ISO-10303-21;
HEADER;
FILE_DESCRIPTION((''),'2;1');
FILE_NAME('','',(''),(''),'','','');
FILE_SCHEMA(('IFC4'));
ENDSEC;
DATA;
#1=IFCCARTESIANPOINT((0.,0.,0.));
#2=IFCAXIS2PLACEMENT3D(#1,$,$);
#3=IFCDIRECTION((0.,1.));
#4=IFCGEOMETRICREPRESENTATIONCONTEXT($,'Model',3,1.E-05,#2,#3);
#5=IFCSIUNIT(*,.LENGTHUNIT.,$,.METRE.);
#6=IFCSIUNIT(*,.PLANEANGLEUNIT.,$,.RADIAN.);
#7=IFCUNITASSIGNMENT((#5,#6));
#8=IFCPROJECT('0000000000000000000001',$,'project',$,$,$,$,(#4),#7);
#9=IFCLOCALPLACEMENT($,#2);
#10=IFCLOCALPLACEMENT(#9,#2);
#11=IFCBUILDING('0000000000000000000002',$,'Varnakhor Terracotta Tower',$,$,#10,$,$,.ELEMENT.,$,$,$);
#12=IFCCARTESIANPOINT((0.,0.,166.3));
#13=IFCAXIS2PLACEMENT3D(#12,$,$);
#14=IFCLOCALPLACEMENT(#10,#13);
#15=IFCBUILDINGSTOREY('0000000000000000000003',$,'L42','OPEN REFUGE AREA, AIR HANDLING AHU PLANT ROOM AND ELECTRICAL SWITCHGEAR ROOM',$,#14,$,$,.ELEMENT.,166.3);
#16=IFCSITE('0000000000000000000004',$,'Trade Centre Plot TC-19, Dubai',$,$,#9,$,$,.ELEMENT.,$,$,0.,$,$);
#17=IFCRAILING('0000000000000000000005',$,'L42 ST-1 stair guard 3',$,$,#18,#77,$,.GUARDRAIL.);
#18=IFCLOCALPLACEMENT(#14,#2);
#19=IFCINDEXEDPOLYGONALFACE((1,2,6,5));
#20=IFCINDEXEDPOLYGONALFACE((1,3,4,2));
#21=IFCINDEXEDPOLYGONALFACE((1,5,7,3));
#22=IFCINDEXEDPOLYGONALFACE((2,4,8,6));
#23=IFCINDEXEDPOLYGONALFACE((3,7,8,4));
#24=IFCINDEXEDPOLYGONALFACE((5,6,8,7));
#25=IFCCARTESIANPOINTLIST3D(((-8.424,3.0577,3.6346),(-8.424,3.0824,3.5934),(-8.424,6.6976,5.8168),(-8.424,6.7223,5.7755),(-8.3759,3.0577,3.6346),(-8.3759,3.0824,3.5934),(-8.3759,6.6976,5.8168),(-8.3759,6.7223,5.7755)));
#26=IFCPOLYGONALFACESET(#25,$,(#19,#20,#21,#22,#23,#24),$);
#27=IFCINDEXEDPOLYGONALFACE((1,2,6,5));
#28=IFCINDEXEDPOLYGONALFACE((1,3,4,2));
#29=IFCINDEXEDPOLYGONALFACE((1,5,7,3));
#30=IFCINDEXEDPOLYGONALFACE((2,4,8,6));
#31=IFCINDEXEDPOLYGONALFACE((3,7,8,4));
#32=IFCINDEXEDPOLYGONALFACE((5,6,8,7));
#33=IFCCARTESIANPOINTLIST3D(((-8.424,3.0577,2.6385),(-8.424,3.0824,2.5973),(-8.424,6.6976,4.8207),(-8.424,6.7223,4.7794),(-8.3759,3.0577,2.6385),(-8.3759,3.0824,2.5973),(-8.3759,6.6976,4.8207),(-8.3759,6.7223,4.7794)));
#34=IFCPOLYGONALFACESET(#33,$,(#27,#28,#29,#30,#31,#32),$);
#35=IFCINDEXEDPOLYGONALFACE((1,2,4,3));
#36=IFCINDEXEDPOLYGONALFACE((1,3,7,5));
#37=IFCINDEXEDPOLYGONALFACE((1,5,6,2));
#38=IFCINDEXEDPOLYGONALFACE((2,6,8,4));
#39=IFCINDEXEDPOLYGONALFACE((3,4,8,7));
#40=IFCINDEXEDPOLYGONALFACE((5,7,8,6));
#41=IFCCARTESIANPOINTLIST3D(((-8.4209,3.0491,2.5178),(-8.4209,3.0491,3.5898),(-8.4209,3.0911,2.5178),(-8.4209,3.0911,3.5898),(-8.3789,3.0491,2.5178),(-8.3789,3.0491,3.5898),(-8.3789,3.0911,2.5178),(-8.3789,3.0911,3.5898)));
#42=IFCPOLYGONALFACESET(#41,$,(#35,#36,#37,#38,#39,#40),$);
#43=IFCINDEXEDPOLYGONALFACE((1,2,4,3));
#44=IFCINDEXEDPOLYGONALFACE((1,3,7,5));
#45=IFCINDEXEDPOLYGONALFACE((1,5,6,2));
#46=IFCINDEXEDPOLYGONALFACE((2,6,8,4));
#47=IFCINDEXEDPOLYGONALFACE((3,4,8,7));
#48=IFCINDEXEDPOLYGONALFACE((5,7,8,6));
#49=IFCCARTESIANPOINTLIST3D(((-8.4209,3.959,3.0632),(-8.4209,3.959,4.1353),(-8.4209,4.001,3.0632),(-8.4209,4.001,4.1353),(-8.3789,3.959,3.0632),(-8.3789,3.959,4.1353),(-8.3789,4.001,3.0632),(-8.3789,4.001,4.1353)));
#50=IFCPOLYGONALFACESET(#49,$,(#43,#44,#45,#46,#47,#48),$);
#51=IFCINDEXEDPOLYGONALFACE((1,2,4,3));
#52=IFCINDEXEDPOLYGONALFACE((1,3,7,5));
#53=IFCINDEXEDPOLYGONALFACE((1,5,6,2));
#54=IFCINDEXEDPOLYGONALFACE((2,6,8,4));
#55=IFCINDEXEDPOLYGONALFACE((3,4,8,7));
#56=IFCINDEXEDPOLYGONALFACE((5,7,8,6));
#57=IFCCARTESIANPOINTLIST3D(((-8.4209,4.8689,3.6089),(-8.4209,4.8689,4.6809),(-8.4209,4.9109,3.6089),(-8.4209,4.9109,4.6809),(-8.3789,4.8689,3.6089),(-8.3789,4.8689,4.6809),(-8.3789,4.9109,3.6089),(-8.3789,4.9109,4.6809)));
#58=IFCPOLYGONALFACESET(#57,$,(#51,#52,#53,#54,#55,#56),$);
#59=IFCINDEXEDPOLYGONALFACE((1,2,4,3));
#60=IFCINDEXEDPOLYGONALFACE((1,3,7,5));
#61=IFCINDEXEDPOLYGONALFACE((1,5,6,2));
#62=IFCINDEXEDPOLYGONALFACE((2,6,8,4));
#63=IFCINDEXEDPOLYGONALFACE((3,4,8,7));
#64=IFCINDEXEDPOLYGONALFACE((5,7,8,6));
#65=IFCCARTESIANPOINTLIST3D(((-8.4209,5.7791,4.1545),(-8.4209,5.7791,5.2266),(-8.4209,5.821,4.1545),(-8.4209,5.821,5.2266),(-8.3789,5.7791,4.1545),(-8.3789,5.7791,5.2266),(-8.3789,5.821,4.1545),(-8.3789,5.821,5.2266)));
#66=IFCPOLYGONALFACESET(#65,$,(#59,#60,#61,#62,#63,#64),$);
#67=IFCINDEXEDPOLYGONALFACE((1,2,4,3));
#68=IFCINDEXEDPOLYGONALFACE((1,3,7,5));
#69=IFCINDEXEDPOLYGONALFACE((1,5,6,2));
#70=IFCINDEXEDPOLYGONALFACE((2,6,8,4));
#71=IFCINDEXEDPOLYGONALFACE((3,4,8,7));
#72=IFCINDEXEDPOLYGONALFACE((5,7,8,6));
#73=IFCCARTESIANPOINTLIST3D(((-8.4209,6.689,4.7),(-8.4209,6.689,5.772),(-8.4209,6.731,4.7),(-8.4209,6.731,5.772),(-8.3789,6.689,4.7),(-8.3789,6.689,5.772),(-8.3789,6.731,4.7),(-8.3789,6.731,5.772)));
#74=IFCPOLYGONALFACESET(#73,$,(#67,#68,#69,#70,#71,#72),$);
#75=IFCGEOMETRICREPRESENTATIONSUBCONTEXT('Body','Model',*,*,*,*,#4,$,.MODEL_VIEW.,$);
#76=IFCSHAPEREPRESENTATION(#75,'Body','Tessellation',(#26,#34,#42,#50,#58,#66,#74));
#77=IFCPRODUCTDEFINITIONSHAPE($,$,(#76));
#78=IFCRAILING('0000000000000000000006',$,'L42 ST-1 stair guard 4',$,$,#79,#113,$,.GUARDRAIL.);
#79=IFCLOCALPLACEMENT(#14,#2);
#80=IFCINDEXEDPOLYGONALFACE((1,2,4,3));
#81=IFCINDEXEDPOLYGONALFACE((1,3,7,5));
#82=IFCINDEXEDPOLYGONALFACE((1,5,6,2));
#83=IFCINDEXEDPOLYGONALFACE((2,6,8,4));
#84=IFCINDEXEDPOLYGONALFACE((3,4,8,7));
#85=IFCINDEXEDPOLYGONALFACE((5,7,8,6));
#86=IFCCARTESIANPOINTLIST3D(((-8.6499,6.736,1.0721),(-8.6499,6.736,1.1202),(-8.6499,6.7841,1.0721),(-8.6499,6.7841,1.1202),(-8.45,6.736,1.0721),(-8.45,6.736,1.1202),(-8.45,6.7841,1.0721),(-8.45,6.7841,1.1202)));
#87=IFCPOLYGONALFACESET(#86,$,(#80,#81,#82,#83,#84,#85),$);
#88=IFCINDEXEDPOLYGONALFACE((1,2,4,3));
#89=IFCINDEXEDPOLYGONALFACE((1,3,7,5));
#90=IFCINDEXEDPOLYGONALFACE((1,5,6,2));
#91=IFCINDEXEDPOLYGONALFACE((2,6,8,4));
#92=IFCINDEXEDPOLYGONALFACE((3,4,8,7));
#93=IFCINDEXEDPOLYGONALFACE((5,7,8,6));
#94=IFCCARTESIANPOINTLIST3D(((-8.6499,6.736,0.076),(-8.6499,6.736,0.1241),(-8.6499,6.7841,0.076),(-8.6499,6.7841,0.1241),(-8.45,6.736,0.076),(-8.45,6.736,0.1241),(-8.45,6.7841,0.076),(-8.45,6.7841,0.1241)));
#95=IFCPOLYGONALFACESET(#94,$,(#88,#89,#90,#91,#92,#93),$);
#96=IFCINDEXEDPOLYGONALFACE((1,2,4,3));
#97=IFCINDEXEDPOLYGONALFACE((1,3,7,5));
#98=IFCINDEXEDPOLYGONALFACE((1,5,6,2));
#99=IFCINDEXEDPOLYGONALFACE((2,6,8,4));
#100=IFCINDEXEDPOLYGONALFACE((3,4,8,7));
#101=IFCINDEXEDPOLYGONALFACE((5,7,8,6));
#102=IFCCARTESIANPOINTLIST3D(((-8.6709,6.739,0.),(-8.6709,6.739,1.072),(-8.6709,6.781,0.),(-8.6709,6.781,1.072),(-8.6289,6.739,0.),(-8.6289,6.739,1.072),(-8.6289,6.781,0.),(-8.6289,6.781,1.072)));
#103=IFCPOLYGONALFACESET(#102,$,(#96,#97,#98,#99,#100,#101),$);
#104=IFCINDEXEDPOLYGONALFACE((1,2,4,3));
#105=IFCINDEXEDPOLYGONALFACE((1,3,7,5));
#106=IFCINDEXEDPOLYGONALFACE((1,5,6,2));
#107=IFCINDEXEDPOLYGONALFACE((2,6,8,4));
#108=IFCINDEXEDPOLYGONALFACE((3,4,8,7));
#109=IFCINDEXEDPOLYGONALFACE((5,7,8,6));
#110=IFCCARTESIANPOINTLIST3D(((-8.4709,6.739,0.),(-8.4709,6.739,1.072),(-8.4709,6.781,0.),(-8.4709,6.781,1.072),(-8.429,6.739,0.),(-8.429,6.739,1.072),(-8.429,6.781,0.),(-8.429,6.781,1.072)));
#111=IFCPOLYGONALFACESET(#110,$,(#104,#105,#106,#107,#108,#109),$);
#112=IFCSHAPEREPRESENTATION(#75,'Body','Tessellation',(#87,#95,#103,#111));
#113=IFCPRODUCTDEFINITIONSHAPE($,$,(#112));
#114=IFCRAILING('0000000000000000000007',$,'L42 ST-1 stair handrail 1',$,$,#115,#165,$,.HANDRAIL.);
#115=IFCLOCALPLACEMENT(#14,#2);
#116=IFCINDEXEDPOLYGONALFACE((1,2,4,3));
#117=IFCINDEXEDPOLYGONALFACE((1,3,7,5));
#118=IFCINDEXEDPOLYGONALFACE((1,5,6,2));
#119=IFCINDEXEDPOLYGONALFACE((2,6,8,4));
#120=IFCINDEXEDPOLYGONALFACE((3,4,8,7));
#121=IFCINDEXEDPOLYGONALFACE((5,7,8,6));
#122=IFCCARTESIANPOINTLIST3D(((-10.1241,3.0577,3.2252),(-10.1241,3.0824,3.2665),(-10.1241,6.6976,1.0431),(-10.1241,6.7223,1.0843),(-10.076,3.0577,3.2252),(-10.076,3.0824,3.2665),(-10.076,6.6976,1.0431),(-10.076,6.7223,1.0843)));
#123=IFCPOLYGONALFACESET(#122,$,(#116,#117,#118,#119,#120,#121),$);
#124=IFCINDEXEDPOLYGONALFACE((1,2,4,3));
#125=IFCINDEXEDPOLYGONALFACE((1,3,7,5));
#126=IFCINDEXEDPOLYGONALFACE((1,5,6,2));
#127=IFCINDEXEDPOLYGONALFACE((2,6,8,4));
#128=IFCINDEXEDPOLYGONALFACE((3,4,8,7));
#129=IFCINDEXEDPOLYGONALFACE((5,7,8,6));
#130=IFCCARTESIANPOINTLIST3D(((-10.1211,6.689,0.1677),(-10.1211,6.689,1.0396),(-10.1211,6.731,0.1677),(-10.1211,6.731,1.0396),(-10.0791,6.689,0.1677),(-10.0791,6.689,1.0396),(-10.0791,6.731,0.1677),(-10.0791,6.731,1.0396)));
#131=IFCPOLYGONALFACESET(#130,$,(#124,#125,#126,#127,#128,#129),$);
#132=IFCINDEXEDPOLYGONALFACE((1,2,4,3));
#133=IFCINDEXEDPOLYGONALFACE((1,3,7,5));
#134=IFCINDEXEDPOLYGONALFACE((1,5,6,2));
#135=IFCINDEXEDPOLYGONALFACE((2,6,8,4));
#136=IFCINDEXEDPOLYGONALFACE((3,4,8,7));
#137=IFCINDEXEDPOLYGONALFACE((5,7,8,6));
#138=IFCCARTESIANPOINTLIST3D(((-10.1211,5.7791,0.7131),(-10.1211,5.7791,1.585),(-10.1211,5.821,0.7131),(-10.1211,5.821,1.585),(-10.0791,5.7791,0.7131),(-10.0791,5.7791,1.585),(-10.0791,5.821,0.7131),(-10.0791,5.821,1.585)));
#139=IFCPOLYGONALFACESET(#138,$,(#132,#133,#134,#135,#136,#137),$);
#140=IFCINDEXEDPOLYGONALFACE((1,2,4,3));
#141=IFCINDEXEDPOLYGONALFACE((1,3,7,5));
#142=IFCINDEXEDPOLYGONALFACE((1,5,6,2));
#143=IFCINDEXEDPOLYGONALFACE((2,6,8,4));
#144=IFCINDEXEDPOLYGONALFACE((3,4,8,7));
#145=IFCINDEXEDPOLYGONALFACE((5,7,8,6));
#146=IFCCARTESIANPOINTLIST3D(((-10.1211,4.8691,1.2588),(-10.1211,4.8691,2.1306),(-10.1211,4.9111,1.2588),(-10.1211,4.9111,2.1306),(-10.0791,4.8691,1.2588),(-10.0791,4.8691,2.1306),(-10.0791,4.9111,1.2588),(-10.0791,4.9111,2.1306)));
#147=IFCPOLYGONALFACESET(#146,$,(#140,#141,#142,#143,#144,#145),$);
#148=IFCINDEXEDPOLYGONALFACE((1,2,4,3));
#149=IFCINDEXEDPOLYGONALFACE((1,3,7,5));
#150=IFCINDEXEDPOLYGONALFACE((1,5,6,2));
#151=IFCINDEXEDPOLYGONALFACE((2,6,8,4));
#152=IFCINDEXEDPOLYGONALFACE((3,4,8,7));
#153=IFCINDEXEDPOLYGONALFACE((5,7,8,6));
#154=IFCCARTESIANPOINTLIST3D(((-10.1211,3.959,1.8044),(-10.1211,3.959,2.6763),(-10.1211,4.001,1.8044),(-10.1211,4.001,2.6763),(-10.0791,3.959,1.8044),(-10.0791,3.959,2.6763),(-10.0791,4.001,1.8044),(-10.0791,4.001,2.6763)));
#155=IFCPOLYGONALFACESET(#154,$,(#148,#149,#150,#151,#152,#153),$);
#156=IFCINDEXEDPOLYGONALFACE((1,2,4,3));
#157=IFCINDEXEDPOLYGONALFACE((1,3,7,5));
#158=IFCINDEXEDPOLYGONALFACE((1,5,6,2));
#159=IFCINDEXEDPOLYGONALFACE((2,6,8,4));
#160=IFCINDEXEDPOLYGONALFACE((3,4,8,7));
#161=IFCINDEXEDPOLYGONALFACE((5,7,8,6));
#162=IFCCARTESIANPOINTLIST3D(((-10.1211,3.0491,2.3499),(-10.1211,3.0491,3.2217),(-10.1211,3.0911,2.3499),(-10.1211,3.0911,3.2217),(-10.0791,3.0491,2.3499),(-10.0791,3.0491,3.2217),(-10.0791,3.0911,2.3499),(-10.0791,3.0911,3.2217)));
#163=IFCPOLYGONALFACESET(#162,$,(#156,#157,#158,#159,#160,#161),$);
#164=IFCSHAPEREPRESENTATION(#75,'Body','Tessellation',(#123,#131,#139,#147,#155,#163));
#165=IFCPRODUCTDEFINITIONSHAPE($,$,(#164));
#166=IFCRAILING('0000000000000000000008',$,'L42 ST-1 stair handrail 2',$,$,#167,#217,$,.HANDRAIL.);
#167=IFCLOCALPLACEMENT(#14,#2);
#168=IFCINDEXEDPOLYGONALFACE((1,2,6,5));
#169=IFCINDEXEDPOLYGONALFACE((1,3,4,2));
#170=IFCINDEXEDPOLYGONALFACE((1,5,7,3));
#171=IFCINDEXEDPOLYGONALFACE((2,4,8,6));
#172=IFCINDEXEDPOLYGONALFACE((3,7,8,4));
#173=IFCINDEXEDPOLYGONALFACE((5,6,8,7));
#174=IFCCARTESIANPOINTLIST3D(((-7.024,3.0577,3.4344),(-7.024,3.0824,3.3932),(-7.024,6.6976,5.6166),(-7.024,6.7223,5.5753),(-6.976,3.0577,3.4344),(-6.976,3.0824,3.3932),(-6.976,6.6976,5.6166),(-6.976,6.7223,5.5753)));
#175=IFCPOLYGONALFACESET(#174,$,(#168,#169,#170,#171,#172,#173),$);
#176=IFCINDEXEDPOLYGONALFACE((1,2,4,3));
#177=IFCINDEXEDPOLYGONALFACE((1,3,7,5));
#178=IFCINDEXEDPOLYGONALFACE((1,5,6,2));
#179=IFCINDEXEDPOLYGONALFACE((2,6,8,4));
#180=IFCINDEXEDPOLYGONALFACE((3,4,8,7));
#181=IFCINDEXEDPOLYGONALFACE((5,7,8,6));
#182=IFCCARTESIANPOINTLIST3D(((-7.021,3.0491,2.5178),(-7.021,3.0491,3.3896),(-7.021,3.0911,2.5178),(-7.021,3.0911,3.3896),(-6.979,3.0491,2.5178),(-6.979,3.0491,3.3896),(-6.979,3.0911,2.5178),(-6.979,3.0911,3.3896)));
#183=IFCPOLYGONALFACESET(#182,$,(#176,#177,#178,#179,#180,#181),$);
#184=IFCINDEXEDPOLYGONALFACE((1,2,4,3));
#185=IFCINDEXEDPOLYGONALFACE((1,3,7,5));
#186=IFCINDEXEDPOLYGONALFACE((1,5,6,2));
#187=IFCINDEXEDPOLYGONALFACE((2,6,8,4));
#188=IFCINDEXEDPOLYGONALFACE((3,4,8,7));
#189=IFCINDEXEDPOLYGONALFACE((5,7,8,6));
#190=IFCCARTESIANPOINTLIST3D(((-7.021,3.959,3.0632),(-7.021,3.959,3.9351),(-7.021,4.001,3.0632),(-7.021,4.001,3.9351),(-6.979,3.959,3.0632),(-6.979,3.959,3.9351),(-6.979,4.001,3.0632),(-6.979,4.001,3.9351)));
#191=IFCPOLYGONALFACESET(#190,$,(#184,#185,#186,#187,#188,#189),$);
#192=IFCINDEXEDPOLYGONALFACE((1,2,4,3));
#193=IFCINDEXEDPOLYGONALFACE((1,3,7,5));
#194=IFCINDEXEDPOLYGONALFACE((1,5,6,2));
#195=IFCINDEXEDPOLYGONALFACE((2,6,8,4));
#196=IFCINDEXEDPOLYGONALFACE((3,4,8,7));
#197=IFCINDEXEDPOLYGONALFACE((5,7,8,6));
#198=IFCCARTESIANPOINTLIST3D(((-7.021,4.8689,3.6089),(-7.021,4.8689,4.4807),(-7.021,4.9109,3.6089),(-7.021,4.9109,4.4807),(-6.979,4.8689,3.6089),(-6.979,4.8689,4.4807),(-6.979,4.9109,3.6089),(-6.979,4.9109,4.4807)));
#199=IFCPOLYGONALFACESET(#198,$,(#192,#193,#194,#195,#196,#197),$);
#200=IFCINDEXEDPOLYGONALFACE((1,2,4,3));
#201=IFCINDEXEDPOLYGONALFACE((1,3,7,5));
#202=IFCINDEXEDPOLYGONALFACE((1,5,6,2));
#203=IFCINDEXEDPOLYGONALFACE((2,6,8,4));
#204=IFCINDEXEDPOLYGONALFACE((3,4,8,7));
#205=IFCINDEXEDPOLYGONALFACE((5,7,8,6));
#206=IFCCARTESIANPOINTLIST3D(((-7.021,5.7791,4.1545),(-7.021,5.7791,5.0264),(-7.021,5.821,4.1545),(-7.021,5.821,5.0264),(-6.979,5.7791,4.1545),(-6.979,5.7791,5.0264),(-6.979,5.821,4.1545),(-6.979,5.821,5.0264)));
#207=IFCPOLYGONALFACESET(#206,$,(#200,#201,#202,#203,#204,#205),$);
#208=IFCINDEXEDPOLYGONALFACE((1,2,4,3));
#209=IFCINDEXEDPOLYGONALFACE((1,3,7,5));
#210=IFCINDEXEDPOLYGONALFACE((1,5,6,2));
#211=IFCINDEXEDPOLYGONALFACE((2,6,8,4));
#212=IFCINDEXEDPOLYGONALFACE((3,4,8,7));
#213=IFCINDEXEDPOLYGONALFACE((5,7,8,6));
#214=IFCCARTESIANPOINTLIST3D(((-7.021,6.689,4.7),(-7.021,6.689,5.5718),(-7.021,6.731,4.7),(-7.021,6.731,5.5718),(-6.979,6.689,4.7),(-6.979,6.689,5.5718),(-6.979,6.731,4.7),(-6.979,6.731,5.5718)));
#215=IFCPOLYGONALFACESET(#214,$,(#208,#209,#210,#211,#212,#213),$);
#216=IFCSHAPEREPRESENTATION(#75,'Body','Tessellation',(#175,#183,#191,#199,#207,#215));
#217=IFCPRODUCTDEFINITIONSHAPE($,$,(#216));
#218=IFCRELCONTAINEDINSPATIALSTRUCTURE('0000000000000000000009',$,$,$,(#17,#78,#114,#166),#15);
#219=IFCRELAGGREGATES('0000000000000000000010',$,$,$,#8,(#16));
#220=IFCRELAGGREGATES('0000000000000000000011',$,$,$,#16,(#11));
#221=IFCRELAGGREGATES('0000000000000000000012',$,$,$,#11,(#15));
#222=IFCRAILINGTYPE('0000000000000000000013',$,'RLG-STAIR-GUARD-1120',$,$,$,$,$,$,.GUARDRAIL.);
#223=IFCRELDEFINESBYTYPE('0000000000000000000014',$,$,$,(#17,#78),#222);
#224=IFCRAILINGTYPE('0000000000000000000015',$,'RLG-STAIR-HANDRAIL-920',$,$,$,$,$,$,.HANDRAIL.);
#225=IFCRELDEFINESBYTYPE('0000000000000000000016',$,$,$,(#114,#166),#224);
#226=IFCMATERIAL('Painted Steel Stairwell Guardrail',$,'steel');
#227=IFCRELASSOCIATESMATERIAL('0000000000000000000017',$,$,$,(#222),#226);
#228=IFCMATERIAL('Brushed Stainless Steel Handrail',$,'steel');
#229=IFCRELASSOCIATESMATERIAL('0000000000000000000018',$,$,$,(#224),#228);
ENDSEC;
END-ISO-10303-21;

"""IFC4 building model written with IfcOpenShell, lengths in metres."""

from ifc_helpers import new_model, si_unit, direction, frame, origin, origin_2d, place, context, subcontext, project, spatial, rectangle, extrude, material, type_object, element, save


model = new_model("IFC4")

# Units and contexts
model_context = context("Model", 3, precision=1e-05, world=origin(), true_north=direction((0.0, 1.0)))
body_context = subcontext(model_context, "Body", "Model", "MODEL_VIEW")
ifc_project = project(units=[si_unit("LENGTHUNIT", "METRE"), si_unit("PLANEANGLEUNIT", "RADIAN")], contexts=[model_context])

# Site, building, storey
site_placement = place(None, origin())
site = spatial("IfcSite", under=ifc_project, at=site_placement, Name="Trade Centre Plot TC-19, Dubai", CompositionType="ELEMENT", RefElevation=0.0)
building_placement = place(site_placement, origin())
building = spatial("IfcBuilding", under=site, at=building_placement, Name="Varnakhor Terracotta Tower", CompositionType="ELEMENT")
storey_placement = place(building_placement, frame((0.0, 0.0, 166.3)))
storey = spatial("IfcBuildingStorey", under=building, at=storey_placement, Name="L42", Description="OPEN REFUGE AREA, AIR HANDLING AHU PLANT ROOM AND ELECTRICAL SWITCHGEAR ROOM", CompositionType="ELEMENT", Elevation=166.3)

# Railings
ifc_material_1 = material(Name="Painted Steel Stairwell Guardrail", Category="steel")
railing_type_1 = type_object("IfcRailingType", Name="RLG-STAIR-GUARD-1120", PredefinedType="GUARDRAIL", material=ifc_material_1)
railing_1_placement = place(storey_placement, frame((-8.3999, 3.0701, 2.5178)))
element("IfcRailing", 1, at=railing_1_placement, inside=storey, type_object=railing_type_1, Name="L42 ST-1 stair guard 3", PredefinedType="GUARDRAIL", context=body_context, shape_type="SweptSolid", body=[
    extrude(rectangle(XDim=0.0481, YDim=0.0481, at=origin_2d()), frame((0.0, 0.0, 1.0962), z_axis=(0.0, 0.857681, 0.514183), x_axis=(-1.0, 0.0, 0.0)), (0.0, 0.0, 1.0), 4.2439),
    extrude(rectangle(XDim=0.0481, YDim=0.0481, at=origin_2d()), frame((0.0, 0.0, 0.1001), z_axis=(0.0, 0.857681, 0.514183), x_axis=(-1.0, 0.0, 0.0)), (0.0, 0.0, 1.0), 4.2439),
    extrude(rectangle(XDim=0.042, YDim=0.042, at=origin_2d()), origin(), (0.0, 0.0, 1.0), 1.072),
    extrude(rectangle(XDim=0.042, YDim=0.042, at=origin_2d()), frame((0.0, 0.9099, 0.5454)), (0.0, 0.0, 1.0), 1.072),
    extrude(rectangle(XDim=0.042, YDim=0.042, at=origin_2d()), frame((0.0, 1.8198, 1.0911)), (0.0, 0.0, 1.0), 1.072),
    extrude(rectangle(XDim=0.042, YDim=0.042, at=origin_2d()), frame((0.0, 2.73, 1.6367)), (0.0, 0.0, 1.0), 1.072),
    extrude(rectangle(XDim=0.042, YDim=0.042, at=origin_2d()), frame((0.0, 3.6399, 2.1821)), (0.0, 0.0, 1.0), 1.072),
])
railing_2_placement = place(storey_placement, frame((-8.6499, 6.76, 0.0)))
element("IfcRailing", 2, at=railing_2_placement, inside=storey, type_object=railing_type_1, Name="L42 ST-1 stair guard 4", PredefinedType="GUARDRAIL", context=body_context, shape_type="SweptSolid", body=[
    extrude(rectangle(XDim=0.0481, YDim=0.0481, at=origin_2d()), frame((0.0, 0.0, 1.0962), z_axis=(1.0, 0.0, 0.0), x_axis=(0.0, 1.0, 0.0)), (0.0, 0.0, 1.0), 0.2),
    extrude(rectangle(XDim=0.0481, YDim=0.0481, at=origin_2d()), frame((0.0, 0.0, 0.1001), z_axis=(1.0, 0.0, 0.0), x_axis=(0.0, 1.0, 0.0)), (0.0, 0.0, 1.0), 0.2),
    extrude(rectangle(XDim=0.042, YDim=0.042, at=origin_2d()), origin(), (0.0, 0.0, 1.0), 1.072),
    extrude(rectangle(XDim=0.042, YDim=0.042, at=origin_2d()), frame((0.2, 0.0, 0.0)), (0.0, 0.0, 1.0), 1.072),
])
ifc_material_2 = material(Name="Brushed Stainless Steel Handrail", Category="steel")
railing_type_2 = type_object("IfcRailingType", Name="RLG-STAIR-HANDRAIL-920", PredefinedType="HANDRAIL", material=ifc_material_2)
railing_3_placement = place(storey_placement, frame((-10.1001, 6.71, 0.1677)))
element("IfcRailing", 3, at=railing_3_placement, inside=storey, type_object=railing_type_2, Name="L42 ST-1 stair handrail 1", PredefinedType="HANDRAIL", context=body_context, shape_type="SweptSolid", body=[
    extrude(rectangle(XDim=0.0481, YDim=0.0481, at=origin_2d()), frame((0.0, 0.0, 0.896), z_axis=(0.0, -0.857681, 0.514183), x_axis=(1.0, 0.0, 0.0)), (0.0, 0.0, 1.0), 4.2439),
    extrude(rectangle(XDim=0.042, YDim=0.042, at=origin_2d()), origin(), (0.0, 0.0, 1.0), 0.8718),
    extrude(rectangle(XDim=0.042, YDim=0.042, at=origin_2d()), frame((0.0, -0.9099, 0.5454)), (0.0, 0.0, 1.0), 0.8718),
    extrude(rectangle(XDim=0.042, YDim=0.042, at=origin_2d()), frame((0.0, -1.8198, 1.0911)), (0.0, 0.0, 1.0), 0.8718),
    extrude(rectangle(XDim=0.042, YDim=0.042, at=origin_2d()), frame((0.0, -2.73, 1.6367)), (0.0, 0.0, 1.0), 0.8718),
    extrude(rectangle(XDim=0.042, YDim=0.042, at=origin_2d()), frame((0.0, -3.6399, 2.1821)), (0.0, 0.0, 1.0), 0.8718),
])
railing_4_placement = place(storey_placement, frame((-7.0, 3.0701, 2.5178)))
element("IfcRailing", 4, at=railing_4_placement, inside=storey, type_object=railing_type_2, Name="L42 ST-1 stair handrail 2", PredefinedType="HANDRAIL", context=body_context, shape_type="SweptSolid", body=[
    extrude(rectangle(XDim=0.0481, YDim=0.0481, at=origin_2d()), frame((0.0, 0.0, 0.896), z_axis=(0.0, 0.857681, 0.514183), x_axis=(-1.0, 0.0, 0.0)), (0.0, 0.0, 1.0), 4.2439),
    extrude(rectangle(XDim=0.042, YDim=0.042, at=origin_2d()), origin(), (0.0, 0.0, 1.0), 0.8718),
    extrude(rectangle(XDim=0.042, YDim=0.042, at=origin_2d()), frame((0.0, 0.9099, 0.5454)), (0.0, 0.0, 1.0), 0.8718),
    extrude(rectangle(XDim=0.042, YDim=0.042, at=origin_2d()), frame((0.0, 1.8198, 1.0911)), (0.0, 0.0, 1.0), 0.8718),
    extrude(rectangle(XDim=0.042, YDim=0.042, at=origin_2d()), frame((0.0, 2.73, 1.6367)), (0.0, 0.0, 1.0), 0.8718),
    extrude(rectangle(XDim=0.042, YDim=0.042, at=origin_2d()), frame((0.0, 3.6399, 2.1821)), (0.0, 0.0, 1.0), 0.8718),
])

save(model, "model.ifc")
